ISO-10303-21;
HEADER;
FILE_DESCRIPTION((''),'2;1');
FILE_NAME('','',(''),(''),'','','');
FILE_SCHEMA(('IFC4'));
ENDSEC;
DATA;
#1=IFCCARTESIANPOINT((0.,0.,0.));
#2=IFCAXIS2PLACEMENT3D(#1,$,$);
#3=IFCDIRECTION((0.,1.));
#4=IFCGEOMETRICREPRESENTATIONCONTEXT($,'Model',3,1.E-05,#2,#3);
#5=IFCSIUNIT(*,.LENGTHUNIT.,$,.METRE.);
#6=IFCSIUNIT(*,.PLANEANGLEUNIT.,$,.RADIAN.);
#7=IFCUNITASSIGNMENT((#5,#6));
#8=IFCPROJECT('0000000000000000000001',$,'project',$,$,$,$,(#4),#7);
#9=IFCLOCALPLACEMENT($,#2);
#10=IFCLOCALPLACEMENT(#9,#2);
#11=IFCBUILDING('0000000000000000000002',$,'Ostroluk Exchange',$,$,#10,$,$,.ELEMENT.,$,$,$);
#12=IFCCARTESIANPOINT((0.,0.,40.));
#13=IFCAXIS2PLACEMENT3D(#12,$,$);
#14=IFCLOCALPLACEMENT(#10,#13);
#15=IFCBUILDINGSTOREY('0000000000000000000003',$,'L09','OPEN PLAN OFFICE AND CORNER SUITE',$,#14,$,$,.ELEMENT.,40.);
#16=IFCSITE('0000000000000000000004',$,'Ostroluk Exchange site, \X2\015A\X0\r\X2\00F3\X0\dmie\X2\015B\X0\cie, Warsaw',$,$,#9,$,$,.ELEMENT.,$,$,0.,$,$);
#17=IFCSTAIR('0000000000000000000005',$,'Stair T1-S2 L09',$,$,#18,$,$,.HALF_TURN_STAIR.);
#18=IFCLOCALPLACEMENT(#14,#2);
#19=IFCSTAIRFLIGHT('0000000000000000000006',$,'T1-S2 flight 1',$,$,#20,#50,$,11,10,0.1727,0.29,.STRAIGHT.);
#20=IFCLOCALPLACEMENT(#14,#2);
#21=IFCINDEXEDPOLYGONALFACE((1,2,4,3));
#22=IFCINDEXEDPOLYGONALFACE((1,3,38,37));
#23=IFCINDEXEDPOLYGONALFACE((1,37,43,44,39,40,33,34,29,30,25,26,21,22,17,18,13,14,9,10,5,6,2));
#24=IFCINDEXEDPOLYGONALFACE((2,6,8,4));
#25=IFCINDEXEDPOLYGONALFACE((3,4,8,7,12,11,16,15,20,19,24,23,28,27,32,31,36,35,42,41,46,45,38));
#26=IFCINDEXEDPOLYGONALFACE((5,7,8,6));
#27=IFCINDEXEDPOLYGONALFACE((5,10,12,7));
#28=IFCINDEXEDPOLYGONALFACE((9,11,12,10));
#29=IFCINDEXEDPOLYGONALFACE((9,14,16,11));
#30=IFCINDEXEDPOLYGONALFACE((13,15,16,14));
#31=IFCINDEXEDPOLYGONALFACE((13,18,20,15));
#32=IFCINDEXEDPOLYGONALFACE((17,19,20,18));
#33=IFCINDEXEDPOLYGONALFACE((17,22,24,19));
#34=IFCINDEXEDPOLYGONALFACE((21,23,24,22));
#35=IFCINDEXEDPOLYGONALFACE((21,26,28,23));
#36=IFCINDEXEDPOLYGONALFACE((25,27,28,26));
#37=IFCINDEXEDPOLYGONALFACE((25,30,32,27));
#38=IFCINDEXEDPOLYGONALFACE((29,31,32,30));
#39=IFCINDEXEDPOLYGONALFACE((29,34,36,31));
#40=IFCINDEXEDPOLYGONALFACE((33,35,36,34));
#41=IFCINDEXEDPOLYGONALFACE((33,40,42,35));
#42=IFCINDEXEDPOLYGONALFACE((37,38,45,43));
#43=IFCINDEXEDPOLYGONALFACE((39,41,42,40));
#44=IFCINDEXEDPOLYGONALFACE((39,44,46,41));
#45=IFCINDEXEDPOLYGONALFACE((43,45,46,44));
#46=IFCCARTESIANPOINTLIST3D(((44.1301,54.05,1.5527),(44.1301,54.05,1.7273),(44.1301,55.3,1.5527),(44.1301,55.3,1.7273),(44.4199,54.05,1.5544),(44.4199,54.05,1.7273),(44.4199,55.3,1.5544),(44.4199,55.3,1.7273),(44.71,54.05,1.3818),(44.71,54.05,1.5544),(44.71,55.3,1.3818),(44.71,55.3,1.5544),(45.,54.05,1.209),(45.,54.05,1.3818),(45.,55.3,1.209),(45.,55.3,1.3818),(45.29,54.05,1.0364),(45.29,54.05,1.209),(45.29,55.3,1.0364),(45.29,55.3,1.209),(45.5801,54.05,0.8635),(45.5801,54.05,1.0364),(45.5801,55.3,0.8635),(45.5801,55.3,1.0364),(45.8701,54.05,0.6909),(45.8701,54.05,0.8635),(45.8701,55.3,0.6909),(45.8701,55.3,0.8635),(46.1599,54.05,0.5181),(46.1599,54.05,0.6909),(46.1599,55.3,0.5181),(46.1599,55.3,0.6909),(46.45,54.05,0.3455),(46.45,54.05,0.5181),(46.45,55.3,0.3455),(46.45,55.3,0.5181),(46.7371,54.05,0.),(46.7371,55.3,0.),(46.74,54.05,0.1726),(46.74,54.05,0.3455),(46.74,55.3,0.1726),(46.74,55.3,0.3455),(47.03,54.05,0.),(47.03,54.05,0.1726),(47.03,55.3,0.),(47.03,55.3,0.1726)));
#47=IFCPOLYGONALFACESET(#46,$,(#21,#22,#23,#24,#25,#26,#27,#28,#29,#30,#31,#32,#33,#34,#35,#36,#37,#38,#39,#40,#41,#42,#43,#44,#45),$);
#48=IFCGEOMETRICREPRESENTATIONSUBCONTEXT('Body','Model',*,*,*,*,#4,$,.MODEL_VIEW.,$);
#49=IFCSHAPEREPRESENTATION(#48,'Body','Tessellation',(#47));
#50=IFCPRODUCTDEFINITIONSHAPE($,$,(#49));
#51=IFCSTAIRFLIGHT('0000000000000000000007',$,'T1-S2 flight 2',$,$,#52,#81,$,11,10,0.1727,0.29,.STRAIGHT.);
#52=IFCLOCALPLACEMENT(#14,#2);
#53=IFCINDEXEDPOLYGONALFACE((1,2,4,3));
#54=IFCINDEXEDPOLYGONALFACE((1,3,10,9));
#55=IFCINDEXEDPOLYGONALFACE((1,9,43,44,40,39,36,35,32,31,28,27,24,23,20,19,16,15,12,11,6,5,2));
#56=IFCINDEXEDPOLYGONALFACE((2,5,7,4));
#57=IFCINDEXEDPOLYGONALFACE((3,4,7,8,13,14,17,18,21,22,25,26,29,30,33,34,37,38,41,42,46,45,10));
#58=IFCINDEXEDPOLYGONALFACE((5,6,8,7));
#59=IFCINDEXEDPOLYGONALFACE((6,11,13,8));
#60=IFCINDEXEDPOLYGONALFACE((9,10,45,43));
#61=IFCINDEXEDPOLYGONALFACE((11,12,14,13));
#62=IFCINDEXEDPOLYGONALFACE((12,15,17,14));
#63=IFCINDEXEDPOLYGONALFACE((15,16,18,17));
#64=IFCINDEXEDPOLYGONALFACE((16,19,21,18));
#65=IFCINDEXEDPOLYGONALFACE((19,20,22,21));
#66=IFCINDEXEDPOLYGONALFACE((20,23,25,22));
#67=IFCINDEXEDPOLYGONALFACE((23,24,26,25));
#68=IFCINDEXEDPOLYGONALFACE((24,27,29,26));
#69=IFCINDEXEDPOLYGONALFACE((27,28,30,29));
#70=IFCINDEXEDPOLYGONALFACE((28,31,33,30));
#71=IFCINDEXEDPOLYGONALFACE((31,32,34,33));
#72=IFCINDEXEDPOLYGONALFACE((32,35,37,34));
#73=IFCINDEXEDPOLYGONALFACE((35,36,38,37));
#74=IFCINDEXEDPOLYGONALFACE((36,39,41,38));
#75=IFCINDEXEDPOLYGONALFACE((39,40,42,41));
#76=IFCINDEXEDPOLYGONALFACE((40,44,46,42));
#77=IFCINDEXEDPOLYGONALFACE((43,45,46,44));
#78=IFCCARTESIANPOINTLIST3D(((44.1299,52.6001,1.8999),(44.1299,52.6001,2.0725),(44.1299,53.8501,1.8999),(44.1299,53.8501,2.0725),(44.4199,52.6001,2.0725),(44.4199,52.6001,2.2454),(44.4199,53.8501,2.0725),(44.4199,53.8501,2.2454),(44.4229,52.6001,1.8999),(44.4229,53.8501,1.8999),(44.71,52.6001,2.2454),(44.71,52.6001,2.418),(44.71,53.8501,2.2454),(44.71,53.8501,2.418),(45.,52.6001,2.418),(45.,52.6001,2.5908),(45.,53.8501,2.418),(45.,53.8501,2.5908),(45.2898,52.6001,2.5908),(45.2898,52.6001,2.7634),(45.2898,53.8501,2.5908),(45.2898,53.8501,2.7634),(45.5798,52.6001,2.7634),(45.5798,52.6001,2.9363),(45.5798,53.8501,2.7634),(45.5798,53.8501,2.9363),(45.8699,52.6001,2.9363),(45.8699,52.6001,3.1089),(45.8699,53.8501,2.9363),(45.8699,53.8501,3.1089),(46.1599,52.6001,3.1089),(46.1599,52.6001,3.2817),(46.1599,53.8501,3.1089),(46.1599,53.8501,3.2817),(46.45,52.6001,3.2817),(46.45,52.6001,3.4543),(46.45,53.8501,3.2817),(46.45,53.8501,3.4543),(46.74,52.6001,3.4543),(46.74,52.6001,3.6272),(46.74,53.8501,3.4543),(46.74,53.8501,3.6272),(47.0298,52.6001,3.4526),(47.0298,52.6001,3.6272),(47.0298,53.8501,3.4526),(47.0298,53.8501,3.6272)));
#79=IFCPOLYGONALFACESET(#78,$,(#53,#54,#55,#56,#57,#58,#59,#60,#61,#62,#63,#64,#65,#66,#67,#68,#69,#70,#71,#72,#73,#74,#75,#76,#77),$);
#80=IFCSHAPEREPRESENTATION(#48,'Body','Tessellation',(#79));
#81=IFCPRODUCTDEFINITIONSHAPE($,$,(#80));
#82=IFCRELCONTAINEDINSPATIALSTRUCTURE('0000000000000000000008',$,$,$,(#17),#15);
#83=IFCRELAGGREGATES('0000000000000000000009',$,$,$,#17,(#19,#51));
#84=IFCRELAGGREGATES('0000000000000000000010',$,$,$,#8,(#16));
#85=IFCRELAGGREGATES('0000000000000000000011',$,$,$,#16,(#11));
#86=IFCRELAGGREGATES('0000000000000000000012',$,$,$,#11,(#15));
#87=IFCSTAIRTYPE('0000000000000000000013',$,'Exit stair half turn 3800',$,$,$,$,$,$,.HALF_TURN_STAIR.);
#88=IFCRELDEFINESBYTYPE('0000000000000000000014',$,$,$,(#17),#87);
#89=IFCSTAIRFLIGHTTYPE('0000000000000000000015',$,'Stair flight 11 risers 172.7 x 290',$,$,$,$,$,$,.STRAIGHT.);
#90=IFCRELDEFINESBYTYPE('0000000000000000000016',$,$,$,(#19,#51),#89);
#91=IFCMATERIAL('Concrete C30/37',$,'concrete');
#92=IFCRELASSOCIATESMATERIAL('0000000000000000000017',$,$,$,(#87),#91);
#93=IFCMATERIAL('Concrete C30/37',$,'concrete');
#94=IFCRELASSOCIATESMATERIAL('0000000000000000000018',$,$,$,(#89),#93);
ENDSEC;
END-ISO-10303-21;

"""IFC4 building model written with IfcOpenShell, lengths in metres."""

from ifc_helpers import new_model, si_unit, direction, frame, origin, place, context, subcontext, project, spatial, polyline, outline, extrude, material, type_object, element, aggregate, save


model = new_model("IFC4")

# Units and contexts
model_context = context("Model", 3, precision=1e-05, world=origin(), true_north=direction((0.0, 1.0)))
body_context = subcontext(model_context, "Body", "Model", "MODEL_VIEW")
ifc_project = project(units=[si_unit("LENGTHUNIT", "METRE"), si_unit("PLANEANGLEUNIT", "RADIAN")], contexts=[model_context])

# Site, building, storey
site_placement = place(None, origin())
site = spatial("IfcSite", under=ifc_project, at=site_placement, Name="Ostroluk Exchange site, Śródmieście, Warsaw", CompositionType="ELEMENT", RefElevation=0.0)
building_placement = place(site_placement, origin())
building = spatial("IfcBuilding", under=site, at=building_placement, Name="Ostroluk Exchange", CompositionType="ELEMENT")
storey_placement = place(building_placement, frame((0.0, 0.0, 40.0)))
storey = spatial("IfcBuildingStorey", under=building, at=storey_placement, Name="L09", Description="OPEN PLAN OFFICE AND CORNER SUITE", CompositionType="ELEMENT", Elevation=40.0)

# Stair, stair flights
ifc_material_1 = material(Name="Concrete C30/37", Category="concrete")
stair_type = type_object("IfcStairType", Name="Exit stair half turn 3800", PredefinedType="HALF_TURN_STAIR", material=ifc_material_1)
stair_placement = place(storey_placement, origin())
stair = element("IfcStair", 1, at=stair_placement, inside=storey, type_object=stair_type, Name="Stair T1-S2 L09", PredefinedType="HALF_TURN_STAIR")
ifc_material_2 = material(Name="Concrete C30/37", Category="concrete")
stair_flight_type = type_object("IfcStairFlightType", Name="Stair flight 11 risers 172.7 x 290", PredefinedType="STRAIGHT", material=ifc_material_2)
stair_flight_1_placement = place(storey_placement, frame((47.03, 54.675, 0.0), z_axis=(0.0, 0.0, 1.0), x_axis=(-1.0, 0.0, 0.0)))
stair_flight_1 = element("IfcStairFlight", 2, at=stair_flight_1_placement, type_object=stair_flight_type, Name="T1-S2 flight 1", NumberOfRisers=11, NumberOfTreads=10, PredefinedType="STRAIGHT", RiserHeight=0.1727, TreadLength=0.29, context=body_context, shape_type="SweptSolid", body=[
    extrude(outline(polyline([(0.0, 0.0), (0.0, 0.1726), (0.29, 0.1726), (0.29, 0.3455), (0.5801, 0.3455), (0.5801, 0.5181), (0.8701, 0.5181), (0.8701, 0.6909), (1.1599, 0.6909), (1.1599, 0.8635), (1.45, 0.8635), (1.45, 1.0364), (1.74, 1.0364), (1.74, 1.209), (2.03, 1.209), (2.03, 1.3818), (2.3201, 1.3818), (2.3201, 1.5544), (2.6101, 1.5544), (2.6101, 1.7273), (2.8999, 1.7273), (2.8999, 1.8999), (2.8999, 1.5527), (0.293, 0.0), (0.0, 0.0)])), frame((0.0, 0.625, 0.0), z_axis=(0.0, -1.0, 0.0), x_axis=(1.0, 0.0, 0.0)), (0.0, 0.0, 1.0), 1.25),
])
stair_flight_2_placement = place(storey_placement, frame((44.1299, 53.2251, 1.8999), z_axis=(0.0, 0.0, 1.0), x_axis=(1.0, 0.0, 0.0)))
stair_flight_2 = element("IfcStairFlight", 3, at=stair_flight_2_placement, type_object=stair_flight_type, Name="T1-S2 flight 2", NumberOfRisers=11, NumberOfTreads=10, PredefinedType="STRAIGHT", RiserHeight=0.1727, TreadLength=0.29, context=body_context, shape_type="SweptSolid", body=[
    extrude(outline(polyline([(0.0, 0.0), (0.0, 0.1726), (0.29, 0.1726), (0.29, 0.3455), (0.5801, 0.3455), (0.5801, 0.5181), (0.8701, 0.5181), (0.8701, 0.6909), (1.1599, 0.6909), (1.1599, 0.8635), (1.45, 0.8635), (1.45, 1.0364), (1.74, 1.0364), (1.74, 1.209), (2.03, 1.209), (2.03, 1.3818), (2.3201, 1.3818), (2.3201, 1.5544), (2.6101, 1.5544), (2.6101, 1.7273), (2.8999, 1.7273), (2.8999, 1.8999), (2.8999, 1.5527), (0.293, 0.0), (0.0, 0.0)])), frame((0.0, 0.625, 0.0), z_axis=(0.0, -1.0, 0.0), x_axis=(1.0, 0.0, 0.0)), (0.0, 0.0, 1.0), 1.25),
])
aggregate(stair, [stair_flight_1, stair_flight_2])

save(model, "model.ifc")
